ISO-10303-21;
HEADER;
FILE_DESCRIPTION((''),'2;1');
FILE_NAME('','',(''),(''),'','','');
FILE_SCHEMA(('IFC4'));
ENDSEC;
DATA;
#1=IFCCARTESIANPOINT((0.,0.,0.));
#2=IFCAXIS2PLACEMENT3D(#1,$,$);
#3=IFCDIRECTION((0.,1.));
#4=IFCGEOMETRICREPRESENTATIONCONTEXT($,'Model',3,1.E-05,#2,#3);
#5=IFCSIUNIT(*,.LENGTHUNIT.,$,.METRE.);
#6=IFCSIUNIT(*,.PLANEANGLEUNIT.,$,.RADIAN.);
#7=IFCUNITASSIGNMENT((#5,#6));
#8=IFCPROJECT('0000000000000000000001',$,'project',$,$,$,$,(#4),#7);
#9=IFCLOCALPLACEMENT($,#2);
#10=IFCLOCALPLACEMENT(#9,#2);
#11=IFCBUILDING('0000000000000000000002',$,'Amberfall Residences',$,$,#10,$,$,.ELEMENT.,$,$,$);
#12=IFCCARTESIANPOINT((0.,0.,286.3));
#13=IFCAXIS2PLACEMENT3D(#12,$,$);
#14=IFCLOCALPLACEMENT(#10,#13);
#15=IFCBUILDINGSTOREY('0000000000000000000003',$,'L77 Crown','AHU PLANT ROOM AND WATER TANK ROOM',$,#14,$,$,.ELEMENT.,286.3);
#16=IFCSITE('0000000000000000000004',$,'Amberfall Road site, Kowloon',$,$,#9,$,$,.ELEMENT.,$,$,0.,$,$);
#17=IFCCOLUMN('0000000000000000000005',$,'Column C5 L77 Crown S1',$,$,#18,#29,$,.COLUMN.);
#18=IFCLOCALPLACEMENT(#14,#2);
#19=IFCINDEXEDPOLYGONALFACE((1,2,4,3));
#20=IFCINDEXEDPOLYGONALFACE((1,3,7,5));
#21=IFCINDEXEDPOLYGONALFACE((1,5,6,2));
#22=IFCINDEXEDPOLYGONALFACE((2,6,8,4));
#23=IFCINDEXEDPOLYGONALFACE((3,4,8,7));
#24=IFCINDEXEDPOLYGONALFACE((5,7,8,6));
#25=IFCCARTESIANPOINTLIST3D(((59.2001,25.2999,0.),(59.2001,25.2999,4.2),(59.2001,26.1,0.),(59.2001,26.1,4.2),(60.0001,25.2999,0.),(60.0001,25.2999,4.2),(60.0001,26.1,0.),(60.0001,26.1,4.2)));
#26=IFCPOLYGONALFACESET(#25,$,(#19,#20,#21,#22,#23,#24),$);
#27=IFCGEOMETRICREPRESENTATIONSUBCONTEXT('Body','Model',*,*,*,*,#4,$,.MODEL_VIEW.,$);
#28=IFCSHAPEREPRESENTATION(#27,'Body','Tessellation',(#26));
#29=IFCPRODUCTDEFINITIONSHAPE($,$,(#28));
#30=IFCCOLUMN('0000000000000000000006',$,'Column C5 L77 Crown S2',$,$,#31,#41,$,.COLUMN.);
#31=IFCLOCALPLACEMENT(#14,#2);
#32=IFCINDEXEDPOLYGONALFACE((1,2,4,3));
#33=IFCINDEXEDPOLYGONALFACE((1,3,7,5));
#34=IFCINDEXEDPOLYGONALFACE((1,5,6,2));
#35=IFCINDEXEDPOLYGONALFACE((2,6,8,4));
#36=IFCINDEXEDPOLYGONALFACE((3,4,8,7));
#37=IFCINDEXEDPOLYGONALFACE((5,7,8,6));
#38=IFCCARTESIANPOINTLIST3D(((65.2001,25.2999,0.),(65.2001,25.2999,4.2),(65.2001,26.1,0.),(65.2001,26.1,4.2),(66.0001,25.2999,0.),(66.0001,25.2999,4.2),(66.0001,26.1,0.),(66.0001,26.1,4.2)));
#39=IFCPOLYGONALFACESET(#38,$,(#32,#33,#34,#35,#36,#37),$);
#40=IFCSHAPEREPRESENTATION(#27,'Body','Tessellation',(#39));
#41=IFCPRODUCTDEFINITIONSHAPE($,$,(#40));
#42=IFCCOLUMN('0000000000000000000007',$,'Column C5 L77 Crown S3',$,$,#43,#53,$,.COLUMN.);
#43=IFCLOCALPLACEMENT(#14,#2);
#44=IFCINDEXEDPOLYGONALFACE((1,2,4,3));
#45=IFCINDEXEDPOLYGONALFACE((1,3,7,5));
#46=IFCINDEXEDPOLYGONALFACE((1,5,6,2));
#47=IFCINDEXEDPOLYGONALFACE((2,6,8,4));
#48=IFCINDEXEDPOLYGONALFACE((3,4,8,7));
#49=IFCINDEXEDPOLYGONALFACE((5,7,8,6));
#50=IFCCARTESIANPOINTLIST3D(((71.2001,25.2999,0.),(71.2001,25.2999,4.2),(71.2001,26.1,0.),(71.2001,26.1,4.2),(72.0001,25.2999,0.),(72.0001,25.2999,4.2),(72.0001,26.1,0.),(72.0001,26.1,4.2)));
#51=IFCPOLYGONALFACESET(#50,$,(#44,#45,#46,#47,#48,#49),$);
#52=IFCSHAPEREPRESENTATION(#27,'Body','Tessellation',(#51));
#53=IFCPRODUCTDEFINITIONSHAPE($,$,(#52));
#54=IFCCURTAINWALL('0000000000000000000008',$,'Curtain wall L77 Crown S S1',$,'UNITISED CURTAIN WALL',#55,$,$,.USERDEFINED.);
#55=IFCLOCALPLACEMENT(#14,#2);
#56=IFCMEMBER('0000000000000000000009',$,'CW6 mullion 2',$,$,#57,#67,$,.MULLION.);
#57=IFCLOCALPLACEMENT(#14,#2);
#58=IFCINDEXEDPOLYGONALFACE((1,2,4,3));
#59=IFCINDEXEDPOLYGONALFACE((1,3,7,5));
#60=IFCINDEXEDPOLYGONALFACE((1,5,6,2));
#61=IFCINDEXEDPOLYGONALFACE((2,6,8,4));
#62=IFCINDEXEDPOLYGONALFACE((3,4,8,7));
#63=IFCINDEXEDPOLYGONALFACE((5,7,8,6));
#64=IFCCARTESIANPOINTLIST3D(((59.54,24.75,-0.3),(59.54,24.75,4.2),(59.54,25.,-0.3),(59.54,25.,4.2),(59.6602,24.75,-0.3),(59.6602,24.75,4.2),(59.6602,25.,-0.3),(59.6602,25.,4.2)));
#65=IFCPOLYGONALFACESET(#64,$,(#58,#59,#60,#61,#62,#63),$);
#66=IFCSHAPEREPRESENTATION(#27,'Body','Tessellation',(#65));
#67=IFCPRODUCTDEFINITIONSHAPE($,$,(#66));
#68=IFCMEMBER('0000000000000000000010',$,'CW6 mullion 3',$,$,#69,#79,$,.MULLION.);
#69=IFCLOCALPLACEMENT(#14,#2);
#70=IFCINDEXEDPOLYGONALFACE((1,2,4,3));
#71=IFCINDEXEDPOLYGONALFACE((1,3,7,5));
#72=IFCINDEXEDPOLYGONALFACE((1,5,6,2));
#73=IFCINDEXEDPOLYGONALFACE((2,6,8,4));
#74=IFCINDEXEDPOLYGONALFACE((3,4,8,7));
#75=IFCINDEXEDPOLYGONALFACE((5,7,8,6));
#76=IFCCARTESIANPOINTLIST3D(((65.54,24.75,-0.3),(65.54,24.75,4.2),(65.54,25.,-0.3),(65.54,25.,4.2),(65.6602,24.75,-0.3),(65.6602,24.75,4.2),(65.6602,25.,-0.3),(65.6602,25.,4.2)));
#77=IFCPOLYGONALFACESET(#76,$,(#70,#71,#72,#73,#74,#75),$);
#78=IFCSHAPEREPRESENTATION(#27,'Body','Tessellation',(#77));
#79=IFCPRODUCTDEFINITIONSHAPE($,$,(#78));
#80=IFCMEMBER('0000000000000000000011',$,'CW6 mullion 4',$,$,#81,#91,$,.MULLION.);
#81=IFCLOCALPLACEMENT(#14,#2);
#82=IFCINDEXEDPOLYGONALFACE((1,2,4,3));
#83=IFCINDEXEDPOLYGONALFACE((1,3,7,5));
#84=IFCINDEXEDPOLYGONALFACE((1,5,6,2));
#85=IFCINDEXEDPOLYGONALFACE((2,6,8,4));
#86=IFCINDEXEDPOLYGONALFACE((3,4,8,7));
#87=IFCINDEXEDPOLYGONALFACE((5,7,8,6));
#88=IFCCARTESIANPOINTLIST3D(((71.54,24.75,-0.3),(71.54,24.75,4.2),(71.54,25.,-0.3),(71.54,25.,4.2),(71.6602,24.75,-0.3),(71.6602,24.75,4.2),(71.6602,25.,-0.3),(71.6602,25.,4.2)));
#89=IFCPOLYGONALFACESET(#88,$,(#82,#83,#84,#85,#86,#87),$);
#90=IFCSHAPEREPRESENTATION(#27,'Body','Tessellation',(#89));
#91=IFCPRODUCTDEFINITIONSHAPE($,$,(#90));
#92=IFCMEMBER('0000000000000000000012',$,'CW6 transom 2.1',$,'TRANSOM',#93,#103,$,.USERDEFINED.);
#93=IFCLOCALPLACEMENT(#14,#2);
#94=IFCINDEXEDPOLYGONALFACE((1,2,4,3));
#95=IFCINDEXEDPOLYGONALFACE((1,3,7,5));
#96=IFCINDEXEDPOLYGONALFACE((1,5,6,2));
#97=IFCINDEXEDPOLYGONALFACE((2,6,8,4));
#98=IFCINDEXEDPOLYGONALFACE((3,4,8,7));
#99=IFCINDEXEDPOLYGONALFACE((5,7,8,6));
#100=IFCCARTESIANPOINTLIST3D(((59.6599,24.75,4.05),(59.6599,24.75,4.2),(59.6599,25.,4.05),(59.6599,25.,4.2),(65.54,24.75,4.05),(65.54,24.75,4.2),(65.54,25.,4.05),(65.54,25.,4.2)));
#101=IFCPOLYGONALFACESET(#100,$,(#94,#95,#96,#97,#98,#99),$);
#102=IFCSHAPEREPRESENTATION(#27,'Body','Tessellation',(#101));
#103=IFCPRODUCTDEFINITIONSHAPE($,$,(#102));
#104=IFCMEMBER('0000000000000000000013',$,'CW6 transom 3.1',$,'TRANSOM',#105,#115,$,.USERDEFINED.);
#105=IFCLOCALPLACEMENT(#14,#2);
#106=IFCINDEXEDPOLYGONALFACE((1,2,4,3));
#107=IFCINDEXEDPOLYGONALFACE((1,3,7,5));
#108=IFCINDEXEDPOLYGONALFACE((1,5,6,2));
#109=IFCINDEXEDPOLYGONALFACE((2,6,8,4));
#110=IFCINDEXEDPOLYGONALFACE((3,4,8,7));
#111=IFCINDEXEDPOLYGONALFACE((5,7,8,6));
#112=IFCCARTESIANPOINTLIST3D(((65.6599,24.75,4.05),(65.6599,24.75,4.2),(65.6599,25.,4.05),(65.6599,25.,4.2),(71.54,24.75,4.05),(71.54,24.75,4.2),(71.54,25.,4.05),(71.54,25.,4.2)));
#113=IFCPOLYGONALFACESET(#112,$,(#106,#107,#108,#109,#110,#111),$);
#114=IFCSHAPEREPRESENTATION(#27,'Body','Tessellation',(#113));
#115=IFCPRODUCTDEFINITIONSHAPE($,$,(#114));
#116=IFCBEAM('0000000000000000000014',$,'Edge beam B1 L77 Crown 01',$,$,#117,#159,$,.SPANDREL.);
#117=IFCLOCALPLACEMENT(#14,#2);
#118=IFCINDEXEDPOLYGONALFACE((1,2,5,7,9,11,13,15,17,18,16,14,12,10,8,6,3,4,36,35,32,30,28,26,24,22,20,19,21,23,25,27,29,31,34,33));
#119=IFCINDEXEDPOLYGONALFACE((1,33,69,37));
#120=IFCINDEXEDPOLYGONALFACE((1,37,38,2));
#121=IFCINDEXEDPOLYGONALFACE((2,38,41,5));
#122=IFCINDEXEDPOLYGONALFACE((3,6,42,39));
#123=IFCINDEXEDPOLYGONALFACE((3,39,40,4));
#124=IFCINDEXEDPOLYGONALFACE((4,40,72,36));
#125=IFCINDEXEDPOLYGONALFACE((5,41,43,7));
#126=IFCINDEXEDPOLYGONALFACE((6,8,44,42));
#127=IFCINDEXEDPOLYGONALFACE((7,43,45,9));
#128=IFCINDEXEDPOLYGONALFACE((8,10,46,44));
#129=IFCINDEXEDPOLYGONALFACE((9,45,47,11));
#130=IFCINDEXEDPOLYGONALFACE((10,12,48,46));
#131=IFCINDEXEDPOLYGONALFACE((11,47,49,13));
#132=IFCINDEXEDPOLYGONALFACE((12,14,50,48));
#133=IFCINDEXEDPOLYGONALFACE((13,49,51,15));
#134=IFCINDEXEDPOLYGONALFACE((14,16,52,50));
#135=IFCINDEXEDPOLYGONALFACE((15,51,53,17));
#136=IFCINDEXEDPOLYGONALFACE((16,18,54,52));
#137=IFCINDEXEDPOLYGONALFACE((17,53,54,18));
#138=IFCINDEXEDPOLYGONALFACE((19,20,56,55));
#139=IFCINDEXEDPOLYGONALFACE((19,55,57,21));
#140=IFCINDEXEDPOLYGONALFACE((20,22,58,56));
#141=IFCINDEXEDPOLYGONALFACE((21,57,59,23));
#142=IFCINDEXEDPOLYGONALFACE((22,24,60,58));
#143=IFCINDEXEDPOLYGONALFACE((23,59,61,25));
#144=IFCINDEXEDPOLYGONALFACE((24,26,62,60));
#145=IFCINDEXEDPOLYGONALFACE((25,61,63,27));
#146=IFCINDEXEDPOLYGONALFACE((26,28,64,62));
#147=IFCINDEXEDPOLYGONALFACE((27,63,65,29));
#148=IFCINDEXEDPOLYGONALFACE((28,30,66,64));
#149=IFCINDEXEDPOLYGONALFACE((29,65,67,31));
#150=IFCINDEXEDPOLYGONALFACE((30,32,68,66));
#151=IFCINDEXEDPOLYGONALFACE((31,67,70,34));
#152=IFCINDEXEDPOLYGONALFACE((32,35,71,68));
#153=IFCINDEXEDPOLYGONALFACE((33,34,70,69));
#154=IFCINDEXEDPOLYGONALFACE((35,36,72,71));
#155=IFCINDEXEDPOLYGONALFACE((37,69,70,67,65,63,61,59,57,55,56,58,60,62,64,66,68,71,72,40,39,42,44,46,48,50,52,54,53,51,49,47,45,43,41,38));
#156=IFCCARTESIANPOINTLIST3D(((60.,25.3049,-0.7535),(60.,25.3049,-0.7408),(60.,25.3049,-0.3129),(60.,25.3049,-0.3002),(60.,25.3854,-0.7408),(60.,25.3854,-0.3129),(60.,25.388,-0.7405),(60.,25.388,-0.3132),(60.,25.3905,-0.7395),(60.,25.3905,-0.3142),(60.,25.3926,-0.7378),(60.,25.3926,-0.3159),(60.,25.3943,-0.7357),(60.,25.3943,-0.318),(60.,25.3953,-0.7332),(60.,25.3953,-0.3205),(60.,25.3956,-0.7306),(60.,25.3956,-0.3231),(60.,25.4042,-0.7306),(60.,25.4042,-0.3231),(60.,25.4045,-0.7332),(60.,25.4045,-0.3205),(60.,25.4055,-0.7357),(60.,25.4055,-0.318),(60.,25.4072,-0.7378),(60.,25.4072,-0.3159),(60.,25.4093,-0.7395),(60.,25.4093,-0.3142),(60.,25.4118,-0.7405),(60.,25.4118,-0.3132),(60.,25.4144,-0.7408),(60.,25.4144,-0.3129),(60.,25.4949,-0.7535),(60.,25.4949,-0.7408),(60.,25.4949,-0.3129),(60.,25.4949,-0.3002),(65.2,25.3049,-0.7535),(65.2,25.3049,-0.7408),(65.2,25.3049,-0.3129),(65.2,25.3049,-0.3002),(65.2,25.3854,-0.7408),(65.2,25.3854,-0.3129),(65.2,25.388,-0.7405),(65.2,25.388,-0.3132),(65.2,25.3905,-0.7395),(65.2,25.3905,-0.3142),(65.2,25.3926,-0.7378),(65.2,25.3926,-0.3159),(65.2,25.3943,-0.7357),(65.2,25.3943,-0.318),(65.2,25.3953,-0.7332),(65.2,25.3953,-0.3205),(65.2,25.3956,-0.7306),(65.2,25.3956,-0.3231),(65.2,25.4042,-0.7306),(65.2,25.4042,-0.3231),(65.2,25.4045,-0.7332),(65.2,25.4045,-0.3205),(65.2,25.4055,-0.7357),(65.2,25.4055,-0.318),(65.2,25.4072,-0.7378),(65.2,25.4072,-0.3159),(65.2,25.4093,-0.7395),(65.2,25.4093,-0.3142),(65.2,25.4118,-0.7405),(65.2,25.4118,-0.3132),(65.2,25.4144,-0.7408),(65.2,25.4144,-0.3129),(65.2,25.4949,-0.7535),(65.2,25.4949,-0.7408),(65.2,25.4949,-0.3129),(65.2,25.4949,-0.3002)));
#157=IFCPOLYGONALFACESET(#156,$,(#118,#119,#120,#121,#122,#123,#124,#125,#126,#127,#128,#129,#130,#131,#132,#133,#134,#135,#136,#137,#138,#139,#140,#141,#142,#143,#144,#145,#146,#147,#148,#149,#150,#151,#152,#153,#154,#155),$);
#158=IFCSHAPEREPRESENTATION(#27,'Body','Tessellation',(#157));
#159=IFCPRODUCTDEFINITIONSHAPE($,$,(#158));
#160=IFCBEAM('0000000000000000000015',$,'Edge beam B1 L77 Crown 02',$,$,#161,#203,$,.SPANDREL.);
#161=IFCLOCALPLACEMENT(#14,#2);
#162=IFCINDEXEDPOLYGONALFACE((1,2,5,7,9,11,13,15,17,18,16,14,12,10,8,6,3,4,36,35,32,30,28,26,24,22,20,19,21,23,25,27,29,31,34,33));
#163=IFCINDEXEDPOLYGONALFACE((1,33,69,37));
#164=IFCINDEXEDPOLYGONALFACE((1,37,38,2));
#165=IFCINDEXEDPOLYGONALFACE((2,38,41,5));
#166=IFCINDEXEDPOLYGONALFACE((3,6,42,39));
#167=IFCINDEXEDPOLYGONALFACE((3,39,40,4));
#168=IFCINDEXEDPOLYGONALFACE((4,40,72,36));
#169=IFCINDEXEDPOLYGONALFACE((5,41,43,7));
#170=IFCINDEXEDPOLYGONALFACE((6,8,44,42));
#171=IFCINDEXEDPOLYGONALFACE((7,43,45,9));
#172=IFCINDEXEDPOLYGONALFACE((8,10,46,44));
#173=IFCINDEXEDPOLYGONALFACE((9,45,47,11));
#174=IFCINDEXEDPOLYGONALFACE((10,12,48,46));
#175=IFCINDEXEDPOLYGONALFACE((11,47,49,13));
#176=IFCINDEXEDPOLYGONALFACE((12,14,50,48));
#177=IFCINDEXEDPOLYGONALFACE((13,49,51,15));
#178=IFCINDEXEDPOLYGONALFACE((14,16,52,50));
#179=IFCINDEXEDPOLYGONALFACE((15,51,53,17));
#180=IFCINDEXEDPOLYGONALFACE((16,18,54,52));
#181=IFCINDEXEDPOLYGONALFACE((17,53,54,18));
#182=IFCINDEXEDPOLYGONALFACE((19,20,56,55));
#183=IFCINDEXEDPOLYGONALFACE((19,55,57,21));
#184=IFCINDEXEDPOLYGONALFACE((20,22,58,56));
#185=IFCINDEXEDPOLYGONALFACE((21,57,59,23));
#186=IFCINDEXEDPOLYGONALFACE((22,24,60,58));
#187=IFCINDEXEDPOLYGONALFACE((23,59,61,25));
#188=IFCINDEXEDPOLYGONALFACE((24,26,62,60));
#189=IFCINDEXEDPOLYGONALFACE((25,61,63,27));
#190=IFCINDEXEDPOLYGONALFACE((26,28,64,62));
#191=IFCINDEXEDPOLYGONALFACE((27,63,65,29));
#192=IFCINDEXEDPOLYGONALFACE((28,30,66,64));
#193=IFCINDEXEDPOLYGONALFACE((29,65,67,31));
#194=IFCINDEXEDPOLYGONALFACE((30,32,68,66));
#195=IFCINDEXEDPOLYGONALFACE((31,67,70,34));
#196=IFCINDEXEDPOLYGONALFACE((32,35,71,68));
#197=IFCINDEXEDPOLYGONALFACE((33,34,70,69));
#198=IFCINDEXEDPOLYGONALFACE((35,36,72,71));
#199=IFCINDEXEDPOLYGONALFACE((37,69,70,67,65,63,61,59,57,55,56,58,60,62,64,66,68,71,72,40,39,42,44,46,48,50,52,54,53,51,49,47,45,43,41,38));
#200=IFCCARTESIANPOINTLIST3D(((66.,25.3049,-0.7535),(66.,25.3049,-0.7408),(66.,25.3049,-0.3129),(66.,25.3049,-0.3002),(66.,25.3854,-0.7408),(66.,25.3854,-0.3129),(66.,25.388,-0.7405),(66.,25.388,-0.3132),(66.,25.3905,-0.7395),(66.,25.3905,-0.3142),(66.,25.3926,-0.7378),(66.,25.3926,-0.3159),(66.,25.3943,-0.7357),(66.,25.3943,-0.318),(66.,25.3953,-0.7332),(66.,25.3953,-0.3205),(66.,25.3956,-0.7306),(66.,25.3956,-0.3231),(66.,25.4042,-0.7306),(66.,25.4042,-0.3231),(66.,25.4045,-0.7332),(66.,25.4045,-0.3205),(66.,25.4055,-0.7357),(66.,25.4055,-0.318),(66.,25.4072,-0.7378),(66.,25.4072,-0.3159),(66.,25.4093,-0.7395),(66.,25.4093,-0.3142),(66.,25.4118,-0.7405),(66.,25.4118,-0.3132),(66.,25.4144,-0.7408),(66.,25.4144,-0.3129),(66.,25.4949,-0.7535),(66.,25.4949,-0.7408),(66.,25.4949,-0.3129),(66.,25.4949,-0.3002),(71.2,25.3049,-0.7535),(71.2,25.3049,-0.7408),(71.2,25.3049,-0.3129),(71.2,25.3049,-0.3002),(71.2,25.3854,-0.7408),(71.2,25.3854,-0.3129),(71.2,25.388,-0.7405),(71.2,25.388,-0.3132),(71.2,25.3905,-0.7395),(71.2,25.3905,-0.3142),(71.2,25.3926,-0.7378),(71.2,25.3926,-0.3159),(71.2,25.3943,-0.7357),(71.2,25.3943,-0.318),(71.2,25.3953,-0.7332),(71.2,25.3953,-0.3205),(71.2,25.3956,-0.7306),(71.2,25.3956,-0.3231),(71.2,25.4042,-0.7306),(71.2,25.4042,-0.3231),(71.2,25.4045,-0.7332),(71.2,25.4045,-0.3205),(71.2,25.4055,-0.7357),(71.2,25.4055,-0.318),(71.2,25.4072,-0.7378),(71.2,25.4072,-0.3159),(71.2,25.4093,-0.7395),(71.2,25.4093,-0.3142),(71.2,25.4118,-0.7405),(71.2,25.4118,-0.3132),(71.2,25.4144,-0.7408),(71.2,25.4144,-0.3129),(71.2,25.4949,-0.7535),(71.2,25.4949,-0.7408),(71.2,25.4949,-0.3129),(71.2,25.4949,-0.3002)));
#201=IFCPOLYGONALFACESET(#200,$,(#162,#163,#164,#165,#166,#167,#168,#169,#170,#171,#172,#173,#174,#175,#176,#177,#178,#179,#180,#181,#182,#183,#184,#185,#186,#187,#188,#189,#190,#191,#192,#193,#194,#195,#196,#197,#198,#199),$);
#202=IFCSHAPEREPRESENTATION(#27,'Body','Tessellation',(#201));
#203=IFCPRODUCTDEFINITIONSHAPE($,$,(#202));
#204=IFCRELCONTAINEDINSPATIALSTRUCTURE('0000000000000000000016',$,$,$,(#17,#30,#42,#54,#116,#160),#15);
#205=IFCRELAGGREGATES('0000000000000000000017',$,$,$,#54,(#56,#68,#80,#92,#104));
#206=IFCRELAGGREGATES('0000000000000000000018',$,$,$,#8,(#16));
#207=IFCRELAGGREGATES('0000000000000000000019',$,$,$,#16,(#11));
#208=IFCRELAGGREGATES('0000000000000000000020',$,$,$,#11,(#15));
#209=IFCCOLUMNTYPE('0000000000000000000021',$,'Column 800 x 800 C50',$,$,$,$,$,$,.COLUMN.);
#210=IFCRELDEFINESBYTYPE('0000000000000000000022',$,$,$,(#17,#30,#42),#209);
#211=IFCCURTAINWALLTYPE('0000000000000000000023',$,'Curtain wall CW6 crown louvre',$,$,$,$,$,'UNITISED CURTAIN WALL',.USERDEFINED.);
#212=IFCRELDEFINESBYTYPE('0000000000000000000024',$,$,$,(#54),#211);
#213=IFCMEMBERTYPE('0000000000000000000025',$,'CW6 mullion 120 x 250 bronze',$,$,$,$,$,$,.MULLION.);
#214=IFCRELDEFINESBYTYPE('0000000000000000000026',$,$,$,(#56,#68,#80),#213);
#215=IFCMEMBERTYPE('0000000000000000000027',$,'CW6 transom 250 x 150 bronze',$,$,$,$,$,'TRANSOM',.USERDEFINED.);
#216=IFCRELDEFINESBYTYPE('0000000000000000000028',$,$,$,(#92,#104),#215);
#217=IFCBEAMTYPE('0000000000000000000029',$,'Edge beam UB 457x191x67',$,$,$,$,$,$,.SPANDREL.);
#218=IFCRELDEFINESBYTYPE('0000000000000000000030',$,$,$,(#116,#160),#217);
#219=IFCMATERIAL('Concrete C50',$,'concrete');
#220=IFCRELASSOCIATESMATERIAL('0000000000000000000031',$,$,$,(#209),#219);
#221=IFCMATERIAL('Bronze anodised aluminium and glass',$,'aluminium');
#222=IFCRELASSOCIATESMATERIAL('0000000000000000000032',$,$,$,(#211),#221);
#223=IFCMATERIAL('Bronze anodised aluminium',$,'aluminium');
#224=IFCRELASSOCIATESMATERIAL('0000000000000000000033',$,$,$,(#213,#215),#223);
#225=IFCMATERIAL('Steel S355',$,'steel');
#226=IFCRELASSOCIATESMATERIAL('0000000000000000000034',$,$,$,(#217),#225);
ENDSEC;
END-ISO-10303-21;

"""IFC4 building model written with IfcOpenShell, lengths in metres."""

from ifc_helpers import new_model, si_unit, direction, frame, origin, origin_2d, place, context, subcontext, project, spatial, rectangle, i_section, extrude, material, material_profile, profile_set, type_object, element, aggregate, save


model = new_model("IFC4")

# Units and contexts
model_context = context("Model", 3, precision=1e-05, world=origin(), true_north=direction((0.0, 1.0)))
body_context = subcontext(model_context, "Body", "Model", "MODEL_VIEW")
ifc_project = project(units=[si_unit("LENGTHUNIT", "METRE"), si_unit("PLANEANGLEUNIT", "RADIAN")], contexts=[model_context])

# Site, building, storey
site_placement = place(None, origin())
site = spatial("IfcSite", under=ifc_project, at=site_placement, Name="Amberfall Road site, Kowloon", CompositionType="ELEMENT", RefElevation=0.0)
building_placement = place(site_placement, origin())
building = spatial("IfcBuilding", under=site, at=building_placement, Name="Amberfall Residences", CompositionType="ELEMENT")
storey_placement = place(building_placement, frame((0.0, 0.0, 286.3)))
storey = spatial("IfcBuildingStorey", under=building, at=storey_placement, Name="L77 Crown", Description="AHU PLANT ROOM AND WATER TANK ROOM", CompositionType="ELEMENT", Elevation=286.3)

# Columns
ifc_material_1 = material(Name="Concrete C50", Category="concrete")
ifc_material_profile_1 = material_profile(ifc_material_1, rectangle(XDim=0.8, YDim=0.8, at=origin_2d()), Name="Column 800 x 800 C50")
ifc_profile_set_1 = profile_set([ifc_material_profile_1], Name="Concrete C50")
column_type = type_object("IfcColumnType", Name="Column 800 x 800 C50", PredefinedType="COLUMN", material=ifc_profile_set_1)
for number, where, z_axis, x_axis, name in (
    (1, (59.6001, 25.7, 0.0), (0.0, 0.0, 1.0), (1.0, 0.0, 0.0), "Column C5 L77 Crown S1"),
    (2, (65.6001, 25.7, 0.0), (0.0, 0.0, 1.0), (1.0, 0.0, 0.0), "Column C5 L77 Crown S2"),
    (3, (71.6001, 25.7, 0.0), (0.0, 0.0, 1.0), (1.0, 0.0, 0.0), "Column C5 L77 Crown S3"),
):
    element("IfcColumn", number, at=place(storey_placement, frame(where, z_axis=z_axis, x_axis=x_axis)), inside=storey, type_object=column_type, Name=name, PredefinedType="COLUMN", context=body_context, shape_type="SweptSolid", body=[
        extrude(rectangle(XDim=0.8, YDim=0.8, at=origin_2d()), origin(), (0.0, 0.0, 1.0), 4.2),
    ])

# Curtain wall, members
ifc_material_2 = material(Name="Bronze anodised aluminium and glass", Category="aluminium")
curtain_wall_type = type_object("IfcCurtainWallType", Name="Curtain wall CW6 crown louvre", ElementType="UNITISED CURTAIN WALL", PredefinedType="USERDEFINED", material=ifc_material_2)
curtain_wall_placement = place(storey_placement, origin())
curtain_wall = element("IfcCurtainWall", 4, at=curtain_wall_placement, inside=storey, type_object=curtain_wall_type, Name="Curtain wall L77 Crown S S1", ObjectType="UNITISED CURTAIN WALL", PredefinedType="USERDEFINED")
ifc_material_3 = material(Name="Bronze anodised aluminium", Category="aluminium")
ifc_material_profile_2 = material_profile(ifc_material_3, rectangle(XDim=0.25, YDim=0.1201, at=origin_2d()), Name="CW6 mullion 120 x 250 bronze")
ifc_profile_set_2 = profile_set([ifc_material_profile_2], Name="Bronze anodised aluminium")
member_type_1 = type_object("IfcMemberType", Name="CW6 mullion 120 x 250 bronze", PredefinedType="MULLION", material=ifc_profile_set_2)
member_1_placement = place(storey_placement, frame((59.6001, 24.875, -0.3), z_axis=(0.0, 0.0, 1.0), x_axis=(0.0, 1.0, 0.0)))
member_1 = element("IfcMember", 5, at=member_1_placement, type_object=member_type_1, Name="CW6 mullion 2", PredefinedType="MULLION", context=body_context, shape_type="SweptSolid", body=[
    extrude(rectangle(XDim=0.25, YDim=0.1201, at=origin_2d()), origin(), (0.0, 0.0, 1.0), 4.5),
])
member_2_placement = place(storey_placement, frame((65.6001, 24.875, -0.3), z_axis=(0.0, 0.0, 1.0), x_axis=(0.0, 1.0, 0.0)))
member_2 = element("IfcMember", 6, at=member_2_placement, type_object=member_type_1, Name="CW6 mullion 3", PredefinedType="MULLION", context=body_context, shape_type="SweptSolid", body=[
    extrude(rectangle(XDim=0.25, YDim=0.1201, at=origin_2d()), origin(), (0.0, 0.0, 1.0), 4.5),
])
member_3_placement = place(storey_placement, frame((71.6001, 24.875, -0.3), z_axis=(0.0, 0.0, 1.0), x_axis=(0.0, 1.0, 0.0)))
member_3 = element("IfcMember", 7, at=member_3_placement, type_object=member_type_1, Name="CW6 mullion 4", PredefinedType="MULLION", context=body_context, shape_type="SweptSolid", body=[
    extrude(rectangle(XDim=0.25, YDim=0.1201, at=origin_2d()), origin(), (0.0, 0.0, 1.0), 4.5),
])
ifc_material_profile_3 = material_profile(ifc_material_3, rectangle(XDim=0.25, YDim=0.1499, at=origin_2d()), Name="CW6 transom 250 x 150 bronze")
ifc_profile_set_3 = profile_set([ifc_material_profile_3], Name="Bronze anodised aluminium")
member_type_2 = type_object("IfcMemberType", Name="CW6 transom 250 x 150 bronze", ElementType="TRANSOM", PredefinedType="USERDEFINED", material=ifc_profile_set_3)
member_4_placement = place(storey_placement, frame((59.6599, 24.875, 4.125), z_axis=(1.0, 0.0, 0.0), x_axis=(0.0, 1.0, 0.0)))
member_4 = element("IfcMember", 8, at=member_4_placement, type_object=member_type_2, Name="CW6 transom 2.1", ObjectType="TRANSOM", PredefinedType="USERDEFINED", context=body_context, shape_type="SweptSolid", body=[
    extrude(rectangle(XDim=0.25, YDim=0.1499, at=origin_2d()), origin(), (0.0, 0.0, 1.0), 5.8801),
])
member_5_placement = place(storey_placement, frame((65.6599, 24.875, 4.125), z_axis=(1.0, 0.0, 0.0), x_axis=(0.0, 1.0, 0.0)))
member_5 = element("IfcMember", 9, at=member_5_placement, type_object=member_type_2, Name="CW6 transom 3.1", ObjectType="TRANSOM", PredefinedType="USERDEFINED", context=body_context, shape_type="SweptSolid", body=[
    extrude(rectangle(XDim=0.25, YDim=0.1499, at=origin_2d()), origin(), (0.0, 0.0, 1.0), 5.8801),
])

# Beams
ifc_material_4 = material(Name="Steel S355", Category="steel")
ifc_material_profile_4 = material_profile(ifc_material_4, i_section(OverallWidth=0.1899, OverallDepth=0.4534, WebThickness=0.0085, FlangeThickness=0.0127, FilletRadius=0.0103, at=origin_2d()), Name="UB 457x191x67")
ifc_profile_set_4 = profile_set([ifc_material_profile_4], Name="Steel S355")
beam_type_1 = type_object("IfcBeamType", Name="Edge beam UB 457x191x67", PredefinedType="SPANDREL", material=ifc_profile_set_4)
for number, where, z_axis, x_axis, name in (
    (10, (60.0, 25.3999, -0.5269), (1.0, 0.0, 0.0), (0.0, 1.0, 0.0), "Edge beam B1 L77 Crown 01"),
    (11, (66.0, 25.3999, -0.5269), (1.0, 0.0, 0.0), (0.0, 1.0, 0.0), "Edge beam B1 L77 Crown 02"),
):
    element("IfcBeam", number, at=place(storey_placement, frame(where, z_axis=z_axis, x_axis=x_axis)), inside=storey, type_object=beam_type_1, Name=name, PredefinedType="SPANDREL", context=body_context, shape_type="SweptSolid", body=[
        extrude(i_section(OverallWidth=0.1899, OverallDepth=0.4534, WebThickness=0.0085, FlangeThickness=0.0127, FilletRadius=0.0103, at=origin_2d()), origin(), (0.0, 0.0, 1.0), 5.2),
    ])

aggregate(curtain_wall, [member_1, member_2, member_3, member_4, member_5])

save(model, "model.ifc")
